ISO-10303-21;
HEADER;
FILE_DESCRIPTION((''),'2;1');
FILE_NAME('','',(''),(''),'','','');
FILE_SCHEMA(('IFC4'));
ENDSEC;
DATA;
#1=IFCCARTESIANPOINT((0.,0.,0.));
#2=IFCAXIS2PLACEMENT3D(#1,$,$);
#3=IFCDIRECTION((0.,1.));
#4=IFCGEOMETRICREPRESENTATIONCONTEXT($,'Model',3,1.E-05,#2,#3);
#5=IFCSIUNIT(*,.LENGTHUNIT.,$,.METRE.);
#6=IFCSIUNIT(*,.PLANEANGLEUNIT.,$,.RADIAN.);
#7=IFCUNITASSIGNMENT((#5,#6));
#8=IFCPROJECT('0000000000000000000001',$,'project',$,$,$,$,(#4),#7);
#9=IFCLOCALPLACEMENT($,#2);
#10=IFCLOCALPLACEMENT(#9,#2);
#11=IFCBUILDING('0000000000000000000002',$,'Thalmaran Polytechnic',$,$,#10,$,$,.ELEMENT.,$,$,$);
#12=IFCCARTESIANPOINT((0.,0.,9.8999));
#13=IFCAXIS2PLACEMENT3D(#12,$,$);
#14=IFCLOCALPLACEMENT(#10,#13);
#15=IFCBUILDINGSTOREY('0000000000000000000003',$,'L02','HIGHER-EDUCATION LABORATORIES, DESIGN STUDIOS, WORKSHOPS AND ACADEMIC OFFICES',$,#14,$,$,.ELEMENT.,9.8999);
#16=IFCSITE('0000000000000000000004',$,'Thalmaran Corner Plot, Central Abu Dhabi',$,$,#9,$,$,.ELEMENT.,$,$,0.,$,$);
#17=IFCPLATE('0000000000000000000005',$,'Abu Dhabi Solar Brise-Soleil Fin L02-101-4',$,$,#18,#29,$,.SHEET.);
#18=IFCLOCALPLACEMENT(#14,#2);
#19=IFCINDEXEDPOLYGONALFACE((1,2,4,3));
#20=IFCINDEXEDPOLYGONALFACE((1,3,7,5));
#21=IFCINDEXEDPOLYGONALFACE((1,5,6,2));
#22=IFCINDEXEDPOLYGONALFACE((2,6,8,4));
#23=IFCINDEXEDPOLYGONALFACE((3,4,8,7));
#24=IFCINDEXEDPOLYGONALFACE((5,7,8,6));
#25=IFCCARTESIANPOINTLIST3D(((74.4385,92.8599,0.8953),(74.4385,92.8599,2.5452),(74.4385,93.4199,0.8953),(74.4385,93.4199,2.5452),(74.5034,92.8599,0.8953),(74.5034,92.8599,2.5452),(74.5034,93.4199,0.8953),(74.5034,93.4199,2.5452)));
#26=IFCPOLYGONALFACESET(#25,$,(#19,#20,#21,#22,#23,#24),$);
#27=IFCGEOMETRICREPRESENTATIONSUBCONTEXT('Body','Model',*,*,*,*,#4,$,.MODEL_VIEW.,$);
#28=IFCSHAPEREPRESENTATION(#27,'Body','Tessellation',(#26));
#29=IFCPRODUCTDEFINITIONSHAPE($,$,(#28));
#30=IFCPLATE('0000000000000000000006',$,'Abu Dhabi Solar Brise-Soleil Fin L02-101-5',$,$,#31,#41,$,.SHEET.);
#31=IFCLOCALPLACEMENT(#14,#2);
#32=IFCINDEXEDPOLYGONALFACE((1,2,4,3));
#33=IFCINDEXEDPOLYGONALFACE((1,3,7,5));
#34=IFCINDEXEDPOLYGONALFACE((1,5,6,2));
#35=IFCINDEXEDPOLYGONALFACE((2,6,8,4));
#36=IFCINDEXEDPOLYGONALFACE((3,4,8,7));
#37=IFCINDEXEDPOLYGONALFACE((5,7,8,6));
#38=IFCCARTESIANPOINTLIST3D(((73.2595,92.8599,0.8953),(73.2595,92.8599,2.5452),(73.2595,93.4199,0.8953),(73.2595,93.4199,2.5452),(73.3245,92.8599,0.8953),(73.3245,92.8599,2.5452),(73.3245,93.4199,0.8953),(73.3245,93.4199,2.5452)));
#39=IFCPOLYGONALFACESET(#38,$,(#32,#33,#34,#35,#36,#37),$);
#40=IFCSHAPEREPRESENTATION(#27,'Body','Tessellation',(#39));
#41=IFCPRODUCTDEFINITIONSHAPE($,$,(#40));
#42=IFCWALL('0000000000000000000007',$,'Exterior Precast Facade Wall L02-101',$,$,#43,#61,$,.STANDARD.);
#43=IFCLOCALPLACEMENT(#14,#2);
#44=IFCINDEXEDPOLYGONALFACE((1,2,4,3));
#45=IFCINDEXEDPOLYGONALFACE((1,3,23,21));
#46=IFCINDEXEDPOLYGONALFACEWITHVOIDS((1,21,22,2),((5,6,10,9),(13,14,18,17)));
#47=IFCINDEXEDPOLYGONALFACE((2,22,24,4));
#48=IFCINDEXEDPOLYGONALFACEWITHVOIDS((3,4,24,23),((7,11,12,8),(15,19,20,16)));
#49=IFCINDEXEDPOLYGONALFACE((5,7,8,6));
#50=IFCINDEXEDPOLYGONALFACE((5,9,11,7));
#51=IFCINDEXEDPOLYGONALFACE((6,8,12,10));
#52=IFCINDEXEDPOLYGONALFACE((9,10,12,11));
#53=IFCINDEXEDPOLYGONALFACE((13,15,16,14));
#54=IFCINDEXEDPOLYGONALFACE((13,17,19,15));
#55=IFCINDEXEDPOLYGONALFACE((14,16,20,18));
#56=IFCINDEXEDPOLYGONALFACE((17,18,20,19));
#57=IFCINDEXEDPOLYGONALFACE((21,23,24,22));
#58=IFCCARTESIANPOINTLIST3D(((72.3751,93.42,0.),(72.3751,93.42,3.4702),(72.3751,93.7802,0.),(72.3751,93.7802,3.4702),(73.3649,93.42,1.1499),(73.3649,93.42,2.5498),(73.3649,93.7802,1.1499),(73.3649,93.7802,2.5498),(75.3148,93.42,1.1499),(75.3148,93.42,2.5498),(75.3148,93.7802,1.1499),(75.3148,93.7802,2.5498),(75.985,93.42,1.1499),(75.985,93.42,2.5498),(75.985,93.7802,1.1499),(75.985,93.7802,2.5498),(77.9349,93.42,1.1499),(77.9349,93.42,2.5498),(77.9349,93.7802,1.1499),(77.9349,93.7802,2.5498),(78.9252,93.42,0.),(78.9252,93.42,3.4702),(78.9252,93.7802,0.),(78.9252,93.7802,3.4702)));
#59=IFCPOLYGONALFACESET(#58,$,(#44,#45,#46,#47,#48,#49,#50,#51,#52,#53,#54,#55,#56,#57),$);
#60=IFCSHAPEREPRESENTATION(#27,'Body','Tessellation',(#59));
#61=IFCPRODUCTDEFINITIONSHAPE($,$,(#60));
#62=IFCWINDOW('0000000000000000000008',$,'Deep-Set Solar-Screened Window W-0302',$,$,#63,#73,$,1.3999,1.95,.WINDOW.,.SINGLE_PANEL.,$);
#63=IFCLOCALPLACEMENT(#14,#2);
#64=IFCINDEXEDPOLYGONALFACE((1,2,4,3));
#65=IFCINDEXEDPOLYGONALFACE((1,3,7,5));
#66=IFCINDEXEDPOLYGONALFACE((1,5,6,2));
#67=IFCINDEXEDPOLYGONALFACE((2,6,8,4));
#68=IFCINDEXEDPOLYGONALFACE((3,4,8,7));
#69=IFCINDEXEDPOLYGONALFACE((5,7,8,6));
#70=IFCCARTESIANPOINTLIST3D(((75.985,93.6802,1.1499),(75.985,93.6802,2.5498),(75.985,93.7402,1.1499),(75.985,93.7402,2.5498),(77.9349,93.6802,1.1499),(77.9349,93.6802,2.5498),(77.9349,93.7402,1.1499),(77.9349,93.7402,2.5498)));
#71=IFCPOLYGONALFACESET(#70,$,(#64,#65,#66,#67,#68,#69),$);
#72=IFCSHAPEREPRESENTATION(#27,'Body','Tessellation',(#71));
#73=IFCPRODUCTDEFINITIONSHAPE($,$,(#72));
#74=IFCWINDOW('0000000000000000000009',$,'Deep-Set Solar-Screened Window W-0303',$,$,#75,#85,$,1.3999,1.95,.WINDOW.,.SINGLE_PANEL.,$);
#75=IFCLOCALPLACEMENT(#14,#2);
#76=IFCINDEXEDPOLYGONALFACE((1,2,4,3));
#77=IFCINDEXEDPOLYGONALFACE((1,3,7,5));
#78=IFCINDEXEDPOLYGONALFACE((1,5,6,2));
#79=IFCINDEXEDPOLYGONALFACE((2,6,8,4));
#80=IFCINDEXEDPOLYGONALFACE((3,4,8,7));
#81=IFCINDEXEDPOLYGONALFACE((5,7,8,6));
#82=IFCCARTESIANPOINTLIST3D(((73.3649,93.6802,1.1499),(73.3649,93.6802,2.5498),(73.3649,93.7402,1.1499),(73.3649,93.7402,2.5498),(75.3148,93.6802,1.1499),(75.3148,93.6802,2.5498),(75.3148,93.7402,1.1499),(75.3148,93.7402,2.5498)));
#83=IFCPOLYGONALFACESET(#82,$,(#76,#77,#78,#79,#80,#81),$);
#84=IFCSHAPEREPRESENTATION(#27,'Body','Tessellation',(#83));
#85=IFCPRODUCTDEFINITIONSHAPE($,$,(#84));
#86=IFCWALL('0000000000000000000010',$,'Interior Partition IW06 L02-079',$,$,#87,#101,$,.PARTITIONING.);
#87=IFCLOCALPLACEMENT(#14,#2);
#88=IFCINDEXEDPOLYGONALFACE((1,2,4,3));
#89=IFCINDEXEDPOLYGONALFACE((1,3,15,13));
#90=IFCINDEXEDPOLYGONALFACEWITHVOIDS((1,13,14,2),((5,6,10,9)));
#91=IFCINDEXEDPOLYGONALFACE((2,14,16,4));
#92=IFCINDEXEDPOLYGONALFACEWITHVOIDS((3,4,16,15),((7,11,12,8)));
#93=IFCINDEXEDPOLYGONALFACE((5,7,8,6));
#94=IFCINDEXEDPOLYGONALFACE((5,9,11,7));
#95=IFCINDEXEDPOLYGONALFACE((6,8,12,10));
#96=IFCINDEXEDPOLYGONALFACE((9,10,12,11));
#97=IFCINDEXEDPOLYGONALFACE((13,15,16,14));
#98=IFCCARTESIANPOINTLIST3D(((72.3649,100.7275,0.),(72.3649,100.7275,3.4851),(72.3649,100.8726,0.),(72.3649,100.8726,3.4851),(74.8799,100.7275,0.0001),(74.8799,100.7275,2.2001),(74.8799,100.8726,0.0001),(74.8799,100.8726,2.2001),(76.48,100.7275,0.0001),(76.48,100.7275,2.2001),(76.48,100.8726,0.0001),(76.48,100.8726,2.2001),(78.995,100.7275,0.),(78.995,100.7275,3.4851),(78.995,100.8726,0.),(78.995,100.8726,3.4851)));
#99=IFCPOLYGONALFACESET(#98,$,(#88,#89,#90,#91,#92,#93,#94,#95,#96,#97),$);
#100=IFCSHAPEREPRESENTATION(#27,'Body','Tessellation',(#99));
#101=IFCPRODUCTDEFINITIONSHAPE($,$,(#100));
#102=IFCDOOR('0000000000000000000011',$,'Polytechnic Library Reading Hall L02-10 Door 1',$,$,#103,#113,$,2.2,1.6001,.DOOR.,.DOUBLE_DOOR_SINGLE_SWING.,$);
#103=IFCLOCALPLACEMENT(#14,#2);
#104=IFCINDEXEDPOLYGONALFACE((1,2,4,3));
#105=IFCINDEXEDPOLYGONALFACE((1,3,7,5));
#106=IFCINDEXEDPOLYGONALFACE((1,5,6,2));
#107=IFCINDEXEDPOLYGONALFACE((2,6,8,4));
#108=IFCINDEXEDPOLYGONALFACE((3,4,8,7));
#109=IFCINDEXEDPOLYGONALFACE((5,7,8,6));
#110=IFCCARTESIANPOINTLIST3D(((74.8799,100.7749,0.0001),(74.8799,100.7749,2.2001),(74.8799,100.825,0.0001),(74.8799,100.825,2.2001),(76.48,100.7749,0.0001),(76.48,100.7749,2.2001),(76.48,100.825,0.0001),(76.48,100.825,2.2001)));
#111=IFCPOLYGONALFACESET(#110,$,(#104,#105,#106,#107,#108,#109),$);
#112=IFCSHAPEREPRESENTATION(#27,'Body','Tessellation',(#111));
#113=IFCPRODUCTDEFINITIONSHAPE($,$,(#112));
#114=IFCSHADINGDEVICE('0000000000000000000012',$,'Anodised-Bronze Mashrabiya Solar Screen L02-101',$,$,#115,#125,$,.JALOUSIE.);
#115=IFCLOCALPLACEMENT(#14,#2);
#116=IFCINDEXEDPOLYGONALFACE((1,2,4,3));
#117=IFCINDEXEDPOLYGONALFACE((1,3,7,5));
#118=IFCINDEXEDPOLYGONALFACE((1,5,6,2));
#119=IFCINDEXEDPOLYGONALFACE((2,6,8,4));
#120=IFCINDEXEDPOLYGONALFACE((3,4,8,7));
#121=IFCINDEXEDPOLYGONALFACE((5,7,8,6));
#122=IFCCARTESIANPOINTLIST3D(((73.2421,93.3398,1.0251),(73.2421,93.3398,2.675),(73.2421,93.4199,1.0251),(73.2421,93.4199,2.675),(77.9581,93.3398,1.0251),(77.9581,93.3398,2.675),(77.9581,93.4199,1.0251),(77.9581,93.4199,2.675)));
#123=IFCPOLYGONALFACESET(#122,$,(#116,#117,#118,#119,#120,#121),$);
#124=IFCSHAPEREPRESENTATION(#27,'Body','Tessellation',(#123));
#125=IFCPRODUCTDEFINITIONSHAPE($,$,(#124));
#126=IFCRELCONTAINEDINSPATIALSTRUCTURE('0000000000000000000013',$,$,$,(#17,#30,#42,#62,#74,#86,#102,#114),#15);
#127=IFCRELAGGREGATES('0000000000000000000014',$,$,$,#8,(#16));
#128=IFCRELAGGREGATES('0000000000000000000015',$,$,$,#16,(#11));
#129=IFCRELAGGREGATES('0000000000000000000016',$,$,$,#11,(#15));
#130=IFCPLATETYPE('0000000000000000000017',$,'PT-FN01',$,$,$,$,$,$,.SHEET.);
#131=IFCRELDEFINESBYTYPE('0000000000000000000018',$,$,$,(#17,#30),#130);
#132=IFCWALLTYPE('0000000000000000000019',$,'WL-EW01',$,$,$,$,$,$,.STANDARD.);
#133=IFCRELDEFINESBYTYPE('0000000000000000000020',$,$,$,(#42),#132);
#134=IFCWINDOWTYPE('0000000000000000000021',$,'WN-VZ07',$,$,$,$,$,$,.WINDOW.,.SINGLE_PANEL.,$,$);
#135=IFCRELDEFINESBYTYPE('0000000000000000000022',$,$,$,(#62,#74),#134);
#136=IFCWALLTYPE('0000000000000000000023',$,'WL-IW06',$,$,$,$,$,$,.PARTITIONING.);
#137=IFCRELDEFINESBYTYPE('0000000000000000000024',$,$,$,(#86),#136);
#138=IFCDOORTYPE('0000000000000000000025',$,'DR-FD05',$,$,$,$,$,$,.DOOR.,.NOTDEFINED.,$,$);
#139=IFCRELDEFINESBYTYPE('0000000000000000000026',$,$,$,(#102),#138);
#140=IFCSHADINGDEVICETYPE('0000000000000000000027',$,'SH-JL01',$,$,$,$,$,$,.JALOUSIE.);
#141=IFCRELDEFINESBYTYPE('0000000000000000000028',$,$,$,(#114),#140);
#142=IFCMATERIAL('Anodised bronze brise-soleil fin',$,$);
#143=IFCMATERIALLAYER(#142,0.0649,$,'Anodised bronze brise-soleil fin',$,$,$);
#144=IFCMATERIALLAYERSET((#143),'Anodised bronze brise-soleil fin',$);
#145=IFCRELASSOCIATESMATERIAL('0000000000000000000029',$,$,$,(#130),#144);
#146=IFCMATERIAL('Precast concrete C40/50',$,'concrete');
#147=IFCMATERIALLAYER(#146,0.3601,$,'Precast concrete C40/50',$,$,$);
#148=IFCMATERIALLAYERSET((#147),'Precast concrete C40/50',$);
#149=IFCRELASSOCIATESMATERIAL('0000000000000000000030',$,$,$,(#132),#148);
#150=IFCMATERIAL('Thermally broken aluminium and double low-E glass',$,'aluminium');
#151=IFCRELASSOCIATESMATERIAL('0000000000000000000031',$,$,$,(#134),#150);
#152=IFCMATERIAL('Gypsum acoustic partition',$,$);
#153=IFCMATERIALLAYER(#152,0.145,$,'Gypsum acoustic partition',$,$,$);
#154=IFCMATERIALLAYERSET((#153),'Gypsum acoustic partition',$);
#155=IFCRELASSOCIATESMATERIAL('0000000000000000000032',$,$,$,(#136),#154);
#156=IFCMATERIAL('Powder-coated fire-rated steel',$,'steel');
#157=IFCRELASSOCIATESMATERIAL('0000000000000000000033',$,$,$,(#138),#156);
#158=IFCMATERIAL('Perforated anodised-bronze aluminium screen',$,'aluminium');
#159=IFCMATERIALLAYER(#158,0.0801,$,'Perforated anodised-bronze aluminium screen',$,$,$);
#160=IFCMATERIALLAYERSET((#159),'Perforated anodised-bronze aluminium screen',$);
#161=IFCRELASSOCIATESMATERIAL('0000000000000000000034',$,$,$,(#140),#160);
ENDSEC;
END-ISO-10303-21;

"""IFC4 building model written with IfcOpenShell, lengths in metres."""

from ifc_helpers import new_model, si_unit, direction, frame, frame_2d, origin, origin_2d, place, context, subcontext, project, spatial, rectangle, extrude, material, layer, layer_set, type_object, element, fill, save


model = new_model("IFC4")

# Units and contexts
model_context = context("Model", 3, precision=1e-05, world=origin(), true_north=direction((0.0, 1.0)))
body_context = subcontext(model_context, "Body", "Model", "MODEL_VIEW")
ifc_project = project(units=[si_unit("LENGTHUNIT", "METRE"), si_unit("PLANEANGLEUNIT", "RADIAN")], contexts=[model_context])

# Site, building, storey
site_placement = place(None, origin())
site = spatial("IfcSite", under=ifc_project, at=site_placement, Name="Thalmaran Corner Plot, Central Abu Dhabi", CompositionType="ELEMENT", RefElevation=0.0)
building_placement = place(site_placement, origin())
building = spatial("IfcBuilding", under=site, at=building_placement, Name="Thalmaran Polytechnic", CompositionType="ELEMENT")
storey_placement = place(building_placement, frame((0.0, 0.0, 9.8999)))
storey = spatial("IfcBuildingStorey", under=building, at=storey_placement, Name="L02", Description="HIGHER-EDUCATION LABORATORIES, DESIGN STUDIOS, WORKSHOPS AND ACADEMIC OFFICES", CompositionType="ELEMENT", Elevation=9.8999)

# Plates
ifc_material_1 = material(Name="Anodised bronze brise-soleil fin")
ifc_layer_1 = layer(ifc_material_1, 0.0649, Name="Anodised bronze brise-soleil fin")
ifc_layer_set_1 = layer_set([ifc_layer_1], Name="Anodised bronze brise-soleil fin")
plate_type_1 = type_object("IfcPlateType", Name="PT-FN01", PredefinedType="SHEET", material=ifc_layer_set_1)
for number, where, z_axis, x_axis, name in (
    (1, (74.4709, 93.1399, 0.8953), (0.0, 0.0, 1.0), (-1.0, 0.0, 0.0), "Abu Dhabi Solar Brise-Soleil Fin L02-101-4"),
    (2, (73.292, 93.1399, 0.8953), (0.0, 0.0, 1.0), (-1.0, 0.0, 0.0), "Abu Dhabi Solar Brise-Soleil Fin L02-101-5"),
):
    element("IfcPlate", number, at=place(storey_placement, frame(where, z_axis=z_axis, x_axis=x_axis)), inside=storey, type_object=plate_type_1, Name=name, PredefinedType="SHEET", context=body_context, shape_type="SweptSolid", body=[
        extrude(rectangle(XDim=0.0649, YDim=0.5601, at=origin_2d()), origin(), (0.0, 0.0, 1.0), 1.6499),
    ])

# Wall, openings, windows
ifc_material_2 = material(Name="Precast concrete C40/50", Category="concrete")
ifc_layer_2 = layer(ifc_material_2, 0.3601, Name="Precast concrete C40/50")
ifc_layer_set_2 = layer_set([ifc_layer_2], Name="Precast concrete C40/50")
wall_type_1 = type_object("IfcWallType", Name="WL-EW01", PredefinedType="STANDARD", material=ifc_layer_set_2)
wall_1_placement = place(storey_placement, frame((78.925, 93.6001, 0.0), z_axis=(0.0, 0.0, 1.0), x_axis=(-1.0, 0.0, 0.0)))
wall_1 = element("IfcWall", 3, at=wall_1_placement, inside=storey, type_object=wall_type_1, Name="Exterior Precast Facade Wall L02-101", PredefinedType="STANDARD", context=body_context, shape_type="SweptSolid", body=[
    extrude(rectangle(XDim=6.55, YDim=0.3601, at=frame_2d((3.2749, 0.0))), origin(), (0.0, 0.0, 1.0), 3.4702),
])
opening_1_placement = place(wall_1_placement, frame((0.99, 0.0, 1.1499)))
opening_1 = element("IfcOpeningElement", 4, at=opening_1_placement, cuts=wall_1, PredefinedType="OPENING", context=body_context, shape_type="SweptSolid", body=[
    extrude(rectangle(XDim=1.95, YDim=1.3999, at=frame_2d((0.9751, 0.7))), frame((0.0, 0.1899, 0.0), z_axis=(0.0, -1.0, 0.0), x_axis=(1.0, 0.0, 0.0)), (0.0, 0.0, 1.0), 0.3801),
])
opening_2_placement = place(wall_1_placement, frame((3.6101, 0.0, 1.1499)))
opening_2 = element("IfcOpeningElement", 5, at=opening_2_placement, cuts=wall_1, PredefinedType="OPENING", context=body_context, shape_type="SweptSolid", body=[
    extrude(rectangle(XDim=1.95, YDim=1.3999, at=frame_2d((0.9751, 0.7))), frame((0.0, 0.1899, 0.0), z_axis=(0.0, -1.0, 0.0), x_axis=(1.0, 0.0, 0.0)), (0.0, 0.0, 1.0), 0.3801),
])
ifc_material_3 = material(Name="Thermally broken aluminium and double low-E glass", Category="aluminium")
window_type = type_object("IfcWindowType", Name="WN-VZ07", PartitioningType="SINGLE_PANEL", PredefinedType="WINDOW", material=ifc_material_3)
window_1_placement = place(opening_1_placement, origin())
window_1 = element("IfcWindow", 6, at=window_1_placement, inside=storey, type_object=window_type, Name="Deep-Set Solar-Screened Window W-0302", OverallHeight=1.3999, OverallWidth=1.95, PartitioningType="SINGLE_PANEL", PredefinedType="WINDOW", context=body_context, shape_type="SweptSolid", body=[
    extrude(rectangle(XDim=1.95, YDim=1.3999, at=frame_2d((0.9751, 0.7))), frame((0.0, -0.0801, 0.0), z_axis=(0.0, -1.0, 0.0), x_axis=(1.0, 0.0, 0.0)), (0.0, 0.0, 1.0), 0.0601),
])
fill(opening_1, window_1)
window_2_placement = place(opening_2_placement, origin())
window_2 = element("IfcWindow", 7, at=window_2_placement, inside=storey, type_object=window_type, Name="Deep-Set Solar-Screened Window W-0303", OverallHeight=1.3999, OverallWidth=1.95, PartitioningType="SINGLE_PANEL", PredefinedType="WINDOW", context=body_context, shape_type="SweptSolid", body=[
    extrude(rectangle(XDim=1.95, YDim=1.3999, at=frame_2d((0.9751, 0.7))), frame((0.0, -0.0801, 0.0), z_axis=(0.0, -1.0, 0.0), x_axis=(1.0, 0.0, 0.0)), (0.0, 0.0, 1.0), 0.0601),
])
fill(opening_2, window_2)

# Wall, opening, door
ifc_material_4 = material(Name="Gypsum acoustic partition")
ifc_layer_3 = layer(ifc_material_4, 0.145, Name="Gypsum acoustic partition")
ifc_layer_set_3 = layer_set([ifc_layer_3], Name="Gypsum acoustic partition")
wall_type_2 = type_object("IfcWallType", Name="WL-IW06", PredefinedType="PARTITIONING", material=ifc_layer_set_3)
wall_2_placement = place(storey_placement, frame((72.365, 100.8, 0.0), z_axis=(0.0, 0.0, 1.0), x_axis=(1.0, 0.0, 0.0)))
wall_2 = element("IfcWall", 8, at=wall_2_placement, inside=storey, type_object=wall_type_2, Name="Interior Partition IW06 L02-079", PredefinedType="PARTITIONING", context=body_context, shape_type="SweptSolid", body=[
    extrude(rectangle(XDim=6.6301, YDim=0.145, at=frame_2d((3.3149, 0.0))), origin(), (0.0, 0.0, 1.0), 3.4851),
])
opening_3_placement = place(wall_2_placement, frame((2.5149, 0.0, 0.0)))
opening_3 = element("IfcOpeningElement", 9, at=opening_3_placement, cuts=wall_2, PredefinedType="OPENING", context=body_context, shape_type="SweptSolid", body=[
    extrude(rectangle(XDim=1.6001, YDim=2.2, at=frame_2d((0.8, 1.1001))), frame((0.0, 0.0825, 0.0), z_axis=(0.0, -1.0, 0.0), x_axis=(1.0, 0.0, 0.0)), (0.0, 0.0, 1.0), 0.165),
])
ifc_material_5 = material(Name="Powder-coated fire-rated steel", Category="steel")
door_type = type_object("IfcDoorType", Name="DR-FD05", OperationType="NOTDEFINED", PredefinedType="DOOR", material=ifc_material_5)
door_placement = place(opening_3_placement, origin())
door = element("IfcDoor", 10, at=door_placement, inside=storey, type_object=door_type, Name="Polytechnic Library Reading Hall L02-10 Door 1", OperationType="DOUBLE_DOOR_SINGLE_SWING", OverallHeight=2.2, OverallWidth=1.6001, PredefinedType="DOOR", context=body_context, shape_type="SweptSolid", body=[
    extrude(rectangle(XDim=1.6001, YDim=2.2, at=frame_2d((0.8, 1.1001))), frame((0.0, 0.0249, 0.0), z_axis=(0.0, -1.0, 0.0), x_axis=(1.0, 0.0, 0.0)), (0.0, 0.0, 1.0), 0.05),
])
fill(opening_3, door)

# Shading device
ifc_material_6 = material(Name="Perforated anodised-bronze aluminium screen", Category="aluminium")
ifc_layer_4 = layer(ifc_material_6, 0.0801, Name="Perforated anodised-bronze aluminium screen")
ifc_layer_set_4 = layer_set([ifc_layer_4], Name="Perforated anodised-bronze aluminium screen")
shading_device_type = type_object("IfcShadingDeviceType", Name="SH-JL01", PredefinedType="JALOUSIE", material=ifc_layer_set_4)
shading_device_placement = place(storey_placement, frame((75.6001, 93.3799, 1.0251), z_axis=(0.0, 0.0, 1.0), x_axis=(-1.0, 0.0, 0.0)))
element("IfcShadingDevice", 11, at=shading_device_placement, inside=storey, type_object=shading_device_type, Name="Anodised-Bronze Mashrabiya Solar Screen L02-101", PredefinedType="JALOUSIE", context=body_context, shape_type="SweptSolid", body=[
    extrude(rectangle(XDim=4.7161, YDim=0.0801, at=origin_2d()), origin(), (0.0, 0.0, 1.0), 1.6499),
])

save(model, "model.ifc")
